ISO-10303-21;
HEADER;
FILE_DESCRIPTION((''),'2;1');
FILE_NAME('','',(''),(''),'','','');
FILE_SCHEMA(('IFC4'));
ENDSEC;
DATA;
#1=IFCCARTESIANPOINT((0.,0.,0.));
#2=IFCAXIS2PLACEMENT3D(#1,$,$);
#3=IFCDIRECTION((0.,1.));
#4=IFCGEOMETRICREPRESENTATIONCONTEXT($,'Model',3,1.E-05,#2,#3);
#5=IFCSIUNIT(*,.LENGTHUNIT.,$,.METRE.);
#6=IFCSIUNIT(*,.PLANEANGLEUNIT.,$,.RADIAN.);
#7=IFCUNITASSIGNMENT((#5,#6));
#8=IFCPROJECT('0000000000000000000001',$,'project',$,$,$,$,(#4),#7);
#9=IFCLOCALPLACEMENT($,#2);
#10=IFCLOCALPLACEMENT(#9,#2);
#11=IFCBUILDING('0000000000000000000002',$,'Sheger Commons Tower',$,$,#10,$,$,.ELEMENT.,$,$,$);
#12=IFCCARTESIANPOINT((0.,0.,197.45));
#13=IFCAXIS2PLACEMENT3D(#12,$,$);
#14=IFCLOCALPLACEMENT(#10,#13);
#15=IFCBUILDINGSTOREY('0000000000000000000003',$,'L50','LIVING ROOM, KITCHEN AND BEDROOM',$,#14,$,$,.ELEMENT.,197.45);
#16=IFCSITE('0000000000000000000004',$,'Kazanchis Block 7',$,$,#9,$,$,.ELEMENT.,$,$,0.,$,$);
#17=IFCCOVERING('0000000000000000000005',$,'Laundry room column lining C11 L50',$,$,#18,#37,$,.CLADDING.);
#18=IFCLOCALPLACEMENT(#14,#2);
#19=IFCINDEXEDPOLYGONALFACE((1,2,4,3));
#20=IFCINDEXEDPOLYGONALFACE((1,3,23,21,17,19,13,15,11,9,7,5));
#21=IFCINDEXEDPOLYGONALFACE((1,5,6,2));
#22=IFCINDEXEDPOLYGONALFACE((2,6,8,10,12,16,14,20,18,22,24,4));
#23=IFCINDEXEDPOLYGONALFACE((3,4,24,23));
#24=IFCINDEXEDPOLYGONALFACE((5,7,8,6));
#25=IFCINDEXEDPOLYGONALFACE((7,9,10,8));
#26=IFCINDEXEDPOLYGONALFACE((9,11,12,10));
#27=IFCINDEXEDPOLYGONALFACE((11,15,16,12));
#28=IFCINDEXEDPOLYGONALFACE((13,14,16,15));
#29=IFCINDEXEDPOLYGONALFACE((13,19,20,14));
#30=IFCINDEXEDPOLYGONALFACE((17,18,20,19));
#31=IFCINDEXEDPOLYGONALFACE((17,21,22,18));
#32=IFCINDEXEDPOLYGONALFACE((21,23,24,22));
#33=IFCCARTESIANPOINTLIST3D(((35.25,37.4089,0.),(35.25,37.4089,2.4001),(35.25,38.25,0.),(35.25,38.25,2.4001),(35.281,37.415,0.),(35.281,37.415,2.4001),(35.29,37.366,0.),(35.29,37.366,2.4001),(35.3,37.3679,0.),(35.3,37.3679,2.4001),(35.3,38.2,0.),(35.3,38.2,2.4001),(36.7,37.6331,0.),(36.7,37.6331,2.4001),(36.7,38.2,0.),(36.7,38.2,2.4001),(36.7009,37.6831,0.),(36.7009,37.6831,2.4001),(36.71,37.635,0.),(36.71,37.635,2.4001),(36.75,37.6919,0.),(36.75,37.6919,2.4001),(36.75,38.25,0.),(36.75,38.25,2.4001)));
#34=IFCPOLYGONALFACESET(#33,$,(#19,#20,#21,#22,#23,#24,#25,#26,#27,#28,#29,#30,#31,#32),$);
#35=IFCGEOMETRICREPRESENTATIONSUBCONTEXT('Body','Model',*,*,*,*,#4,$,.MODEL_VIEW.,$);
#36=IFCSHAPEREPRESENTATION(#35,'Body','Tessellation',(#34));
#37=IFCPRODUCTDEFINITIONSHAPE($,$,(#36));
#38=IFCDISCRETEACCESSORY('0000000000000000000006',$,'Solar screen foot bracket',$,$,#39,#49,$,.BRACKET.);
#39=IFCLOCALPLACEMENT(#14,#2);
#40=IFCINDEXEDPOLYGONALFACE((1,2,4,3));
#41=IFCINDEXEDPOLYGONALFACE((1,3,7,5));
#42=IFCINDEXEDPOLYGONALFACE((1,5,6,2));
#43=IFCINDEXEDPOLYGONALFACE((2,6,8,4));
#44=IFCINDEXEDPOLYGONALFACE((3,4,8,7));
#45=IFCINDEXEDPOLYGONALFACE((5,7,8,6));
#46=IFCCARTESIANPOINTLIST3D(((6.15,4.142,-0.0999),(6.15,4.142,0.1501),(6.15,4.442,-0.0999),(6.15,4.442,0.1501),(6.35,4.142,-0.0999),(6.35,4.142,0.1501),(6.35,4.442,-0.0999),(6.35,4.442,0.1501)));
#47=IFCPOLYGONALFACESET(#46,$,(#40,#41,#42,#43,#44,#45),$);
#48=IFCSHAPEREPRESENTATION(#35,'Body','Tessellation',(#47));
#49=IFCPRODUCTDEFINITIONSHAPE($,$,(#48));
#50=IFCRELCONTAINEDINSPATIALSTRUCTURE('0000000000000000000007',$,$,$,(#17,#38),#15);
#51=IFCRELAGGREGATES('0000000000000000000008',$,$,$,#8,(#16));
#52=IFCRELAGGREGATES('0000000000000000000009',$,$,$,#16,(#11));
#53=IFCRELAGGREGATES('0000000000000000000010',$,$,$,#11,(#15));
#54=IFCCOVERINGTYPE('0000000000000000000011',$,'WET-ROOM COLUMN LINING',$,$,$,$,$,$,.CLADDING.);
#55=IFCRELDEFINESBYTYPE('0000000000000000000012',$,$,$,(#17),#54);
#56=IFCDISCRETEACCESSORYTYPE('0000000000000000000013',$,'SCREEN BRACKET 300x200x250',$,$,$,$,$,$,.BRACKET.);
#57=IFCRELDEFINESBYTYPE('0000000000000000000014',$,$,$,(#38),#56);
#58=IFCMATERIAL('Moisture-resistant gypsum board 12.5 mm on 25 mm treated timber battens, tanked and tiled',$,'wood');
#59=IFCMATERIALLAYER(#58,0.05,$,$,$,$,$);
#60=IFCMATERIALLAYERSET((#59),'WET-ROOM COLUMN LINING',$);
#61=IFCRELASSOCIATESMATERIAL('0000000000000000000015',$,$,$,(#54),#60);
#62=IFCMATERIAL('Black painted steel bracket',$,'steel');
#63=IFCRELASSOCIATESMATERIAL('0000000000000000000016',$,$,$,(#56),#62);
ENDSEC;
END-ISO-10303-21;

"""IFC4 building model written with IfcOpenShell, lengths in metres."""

from ifc_helpers import new_model, si_unit, direction, frame, origin, origin_2d, place, context, subcontext, project, spatial, polyline, rectangle, outline, extrude, material, layer, layer_set, type_object, element, save


model = new_model("IFC4")

# Units and contexts
model_context = context("Model", 3, precision=1e-05, world=origin(), true_north=direction((0.0, 1.0)))
body_context = subcontext(model_context, "Body", "Model", "MODEL_VIEW")
ifc_project = project(units=[si_unit("LENGTHUNIT", "METRE"), si_unit("PLANEANGLEUNIT", "RADIAN")], contexts=[model_context])

# Site, building, storey
site_placement = place(None, origin())
site = spatial("IfcSite", under=ifc_project, at=site_placement, Name="Kazanchis Block 7", CompositionType="ELEMENT", RefElevation=0.0)
building_placement = place(site_placement, origin())
building = spatial("IfcBuilding", under=site, at=building_placement, Name="Sheger Commons Tower", CompositionType="ELEMENT")
storey_placement = place(building_placement, frame((0.0, 0.0, 197.45)))
storey = spatial("IfcBuildingStorey", under=building, at=storey_placement, Name="L50", Description="LIVING ROOM, KITCHEN AND BEDROOM", CompositionType="ELEMENT", Elevation=197.45)

# Covering
ifc_material_1 = material(Name="Moisture-resistant gypsum board 12.5 mm on 25 mm treated timber battens, tanked and tiled", Category="wood")
ifc_layer_1 = layer(ifc_material_1, 0.05)
ifc_layer_set_1 = layer_set([ifc_layer_1], Name="WET-ROOM COLUMN LINING")
covering_type_1 = type_object("IfcCoveringType", Name="WET-ROOM COLUMN LINING", PredefinedType="CLADDING", material=ifc_layer_set_1)
covering_1_placement = place(storey_placement, origin())
element("IfcCovering", 1, at=covering_1_placement, inside=storey, type_object=covering_type_1, Name="Laundry room column lining C11 L50", PredefinedType="CLADDING", context=body_context, shape_type="SweptSolid", body=[
    extrude(outline(polyline([(36.75, 38.25), (36.75, 37.6919), (36.7009, 37.6831), (36.71, 37.635), (36.7, 37.6331), (36.7, 38.2), (35.3, 38.2), (35.3, 37.3679), (35.29, 37.366), (35.281, 37.415), (35.25, 37.4089), (35.25, 38.25), (36.75, 38.25)])), origin(), (0.0, 0.0, 1.0), 2.4001),
])

# Discrete accessory
ifc_material_2 = material(Name="Black painted steel bracket", Category="steel")
discrete_accessory_type = type_object("IfcDiscreteAccessoryType", Name="SCREEN BRACKET 300x200x250", PredefinedType="BRACKET", material=ifc_material_2)
discrete_accessory_placement = place(storey_placement, frame((6.25, 4.292, -0.0999), z_axis=(0.0, 0.0, 1.0), x_axis=(0.0, -1.0, 0.0)))
element("IfcDiscreteAccessory", 2, at=discrete_accessory_placement, inside=storey, type_object=discrete_accessory_type, Name="Solar screen foot bracket", PredefinedType="BRACKET", context=body_context, shape_type="SweptSolid", body=[
    extrude(rectangle(XDim=0.3, YDim=0.2, at=origin_2d()), origin(), (0.0, 0.0, 1.0), 0.25),
])

save(model, "model.ifc")
